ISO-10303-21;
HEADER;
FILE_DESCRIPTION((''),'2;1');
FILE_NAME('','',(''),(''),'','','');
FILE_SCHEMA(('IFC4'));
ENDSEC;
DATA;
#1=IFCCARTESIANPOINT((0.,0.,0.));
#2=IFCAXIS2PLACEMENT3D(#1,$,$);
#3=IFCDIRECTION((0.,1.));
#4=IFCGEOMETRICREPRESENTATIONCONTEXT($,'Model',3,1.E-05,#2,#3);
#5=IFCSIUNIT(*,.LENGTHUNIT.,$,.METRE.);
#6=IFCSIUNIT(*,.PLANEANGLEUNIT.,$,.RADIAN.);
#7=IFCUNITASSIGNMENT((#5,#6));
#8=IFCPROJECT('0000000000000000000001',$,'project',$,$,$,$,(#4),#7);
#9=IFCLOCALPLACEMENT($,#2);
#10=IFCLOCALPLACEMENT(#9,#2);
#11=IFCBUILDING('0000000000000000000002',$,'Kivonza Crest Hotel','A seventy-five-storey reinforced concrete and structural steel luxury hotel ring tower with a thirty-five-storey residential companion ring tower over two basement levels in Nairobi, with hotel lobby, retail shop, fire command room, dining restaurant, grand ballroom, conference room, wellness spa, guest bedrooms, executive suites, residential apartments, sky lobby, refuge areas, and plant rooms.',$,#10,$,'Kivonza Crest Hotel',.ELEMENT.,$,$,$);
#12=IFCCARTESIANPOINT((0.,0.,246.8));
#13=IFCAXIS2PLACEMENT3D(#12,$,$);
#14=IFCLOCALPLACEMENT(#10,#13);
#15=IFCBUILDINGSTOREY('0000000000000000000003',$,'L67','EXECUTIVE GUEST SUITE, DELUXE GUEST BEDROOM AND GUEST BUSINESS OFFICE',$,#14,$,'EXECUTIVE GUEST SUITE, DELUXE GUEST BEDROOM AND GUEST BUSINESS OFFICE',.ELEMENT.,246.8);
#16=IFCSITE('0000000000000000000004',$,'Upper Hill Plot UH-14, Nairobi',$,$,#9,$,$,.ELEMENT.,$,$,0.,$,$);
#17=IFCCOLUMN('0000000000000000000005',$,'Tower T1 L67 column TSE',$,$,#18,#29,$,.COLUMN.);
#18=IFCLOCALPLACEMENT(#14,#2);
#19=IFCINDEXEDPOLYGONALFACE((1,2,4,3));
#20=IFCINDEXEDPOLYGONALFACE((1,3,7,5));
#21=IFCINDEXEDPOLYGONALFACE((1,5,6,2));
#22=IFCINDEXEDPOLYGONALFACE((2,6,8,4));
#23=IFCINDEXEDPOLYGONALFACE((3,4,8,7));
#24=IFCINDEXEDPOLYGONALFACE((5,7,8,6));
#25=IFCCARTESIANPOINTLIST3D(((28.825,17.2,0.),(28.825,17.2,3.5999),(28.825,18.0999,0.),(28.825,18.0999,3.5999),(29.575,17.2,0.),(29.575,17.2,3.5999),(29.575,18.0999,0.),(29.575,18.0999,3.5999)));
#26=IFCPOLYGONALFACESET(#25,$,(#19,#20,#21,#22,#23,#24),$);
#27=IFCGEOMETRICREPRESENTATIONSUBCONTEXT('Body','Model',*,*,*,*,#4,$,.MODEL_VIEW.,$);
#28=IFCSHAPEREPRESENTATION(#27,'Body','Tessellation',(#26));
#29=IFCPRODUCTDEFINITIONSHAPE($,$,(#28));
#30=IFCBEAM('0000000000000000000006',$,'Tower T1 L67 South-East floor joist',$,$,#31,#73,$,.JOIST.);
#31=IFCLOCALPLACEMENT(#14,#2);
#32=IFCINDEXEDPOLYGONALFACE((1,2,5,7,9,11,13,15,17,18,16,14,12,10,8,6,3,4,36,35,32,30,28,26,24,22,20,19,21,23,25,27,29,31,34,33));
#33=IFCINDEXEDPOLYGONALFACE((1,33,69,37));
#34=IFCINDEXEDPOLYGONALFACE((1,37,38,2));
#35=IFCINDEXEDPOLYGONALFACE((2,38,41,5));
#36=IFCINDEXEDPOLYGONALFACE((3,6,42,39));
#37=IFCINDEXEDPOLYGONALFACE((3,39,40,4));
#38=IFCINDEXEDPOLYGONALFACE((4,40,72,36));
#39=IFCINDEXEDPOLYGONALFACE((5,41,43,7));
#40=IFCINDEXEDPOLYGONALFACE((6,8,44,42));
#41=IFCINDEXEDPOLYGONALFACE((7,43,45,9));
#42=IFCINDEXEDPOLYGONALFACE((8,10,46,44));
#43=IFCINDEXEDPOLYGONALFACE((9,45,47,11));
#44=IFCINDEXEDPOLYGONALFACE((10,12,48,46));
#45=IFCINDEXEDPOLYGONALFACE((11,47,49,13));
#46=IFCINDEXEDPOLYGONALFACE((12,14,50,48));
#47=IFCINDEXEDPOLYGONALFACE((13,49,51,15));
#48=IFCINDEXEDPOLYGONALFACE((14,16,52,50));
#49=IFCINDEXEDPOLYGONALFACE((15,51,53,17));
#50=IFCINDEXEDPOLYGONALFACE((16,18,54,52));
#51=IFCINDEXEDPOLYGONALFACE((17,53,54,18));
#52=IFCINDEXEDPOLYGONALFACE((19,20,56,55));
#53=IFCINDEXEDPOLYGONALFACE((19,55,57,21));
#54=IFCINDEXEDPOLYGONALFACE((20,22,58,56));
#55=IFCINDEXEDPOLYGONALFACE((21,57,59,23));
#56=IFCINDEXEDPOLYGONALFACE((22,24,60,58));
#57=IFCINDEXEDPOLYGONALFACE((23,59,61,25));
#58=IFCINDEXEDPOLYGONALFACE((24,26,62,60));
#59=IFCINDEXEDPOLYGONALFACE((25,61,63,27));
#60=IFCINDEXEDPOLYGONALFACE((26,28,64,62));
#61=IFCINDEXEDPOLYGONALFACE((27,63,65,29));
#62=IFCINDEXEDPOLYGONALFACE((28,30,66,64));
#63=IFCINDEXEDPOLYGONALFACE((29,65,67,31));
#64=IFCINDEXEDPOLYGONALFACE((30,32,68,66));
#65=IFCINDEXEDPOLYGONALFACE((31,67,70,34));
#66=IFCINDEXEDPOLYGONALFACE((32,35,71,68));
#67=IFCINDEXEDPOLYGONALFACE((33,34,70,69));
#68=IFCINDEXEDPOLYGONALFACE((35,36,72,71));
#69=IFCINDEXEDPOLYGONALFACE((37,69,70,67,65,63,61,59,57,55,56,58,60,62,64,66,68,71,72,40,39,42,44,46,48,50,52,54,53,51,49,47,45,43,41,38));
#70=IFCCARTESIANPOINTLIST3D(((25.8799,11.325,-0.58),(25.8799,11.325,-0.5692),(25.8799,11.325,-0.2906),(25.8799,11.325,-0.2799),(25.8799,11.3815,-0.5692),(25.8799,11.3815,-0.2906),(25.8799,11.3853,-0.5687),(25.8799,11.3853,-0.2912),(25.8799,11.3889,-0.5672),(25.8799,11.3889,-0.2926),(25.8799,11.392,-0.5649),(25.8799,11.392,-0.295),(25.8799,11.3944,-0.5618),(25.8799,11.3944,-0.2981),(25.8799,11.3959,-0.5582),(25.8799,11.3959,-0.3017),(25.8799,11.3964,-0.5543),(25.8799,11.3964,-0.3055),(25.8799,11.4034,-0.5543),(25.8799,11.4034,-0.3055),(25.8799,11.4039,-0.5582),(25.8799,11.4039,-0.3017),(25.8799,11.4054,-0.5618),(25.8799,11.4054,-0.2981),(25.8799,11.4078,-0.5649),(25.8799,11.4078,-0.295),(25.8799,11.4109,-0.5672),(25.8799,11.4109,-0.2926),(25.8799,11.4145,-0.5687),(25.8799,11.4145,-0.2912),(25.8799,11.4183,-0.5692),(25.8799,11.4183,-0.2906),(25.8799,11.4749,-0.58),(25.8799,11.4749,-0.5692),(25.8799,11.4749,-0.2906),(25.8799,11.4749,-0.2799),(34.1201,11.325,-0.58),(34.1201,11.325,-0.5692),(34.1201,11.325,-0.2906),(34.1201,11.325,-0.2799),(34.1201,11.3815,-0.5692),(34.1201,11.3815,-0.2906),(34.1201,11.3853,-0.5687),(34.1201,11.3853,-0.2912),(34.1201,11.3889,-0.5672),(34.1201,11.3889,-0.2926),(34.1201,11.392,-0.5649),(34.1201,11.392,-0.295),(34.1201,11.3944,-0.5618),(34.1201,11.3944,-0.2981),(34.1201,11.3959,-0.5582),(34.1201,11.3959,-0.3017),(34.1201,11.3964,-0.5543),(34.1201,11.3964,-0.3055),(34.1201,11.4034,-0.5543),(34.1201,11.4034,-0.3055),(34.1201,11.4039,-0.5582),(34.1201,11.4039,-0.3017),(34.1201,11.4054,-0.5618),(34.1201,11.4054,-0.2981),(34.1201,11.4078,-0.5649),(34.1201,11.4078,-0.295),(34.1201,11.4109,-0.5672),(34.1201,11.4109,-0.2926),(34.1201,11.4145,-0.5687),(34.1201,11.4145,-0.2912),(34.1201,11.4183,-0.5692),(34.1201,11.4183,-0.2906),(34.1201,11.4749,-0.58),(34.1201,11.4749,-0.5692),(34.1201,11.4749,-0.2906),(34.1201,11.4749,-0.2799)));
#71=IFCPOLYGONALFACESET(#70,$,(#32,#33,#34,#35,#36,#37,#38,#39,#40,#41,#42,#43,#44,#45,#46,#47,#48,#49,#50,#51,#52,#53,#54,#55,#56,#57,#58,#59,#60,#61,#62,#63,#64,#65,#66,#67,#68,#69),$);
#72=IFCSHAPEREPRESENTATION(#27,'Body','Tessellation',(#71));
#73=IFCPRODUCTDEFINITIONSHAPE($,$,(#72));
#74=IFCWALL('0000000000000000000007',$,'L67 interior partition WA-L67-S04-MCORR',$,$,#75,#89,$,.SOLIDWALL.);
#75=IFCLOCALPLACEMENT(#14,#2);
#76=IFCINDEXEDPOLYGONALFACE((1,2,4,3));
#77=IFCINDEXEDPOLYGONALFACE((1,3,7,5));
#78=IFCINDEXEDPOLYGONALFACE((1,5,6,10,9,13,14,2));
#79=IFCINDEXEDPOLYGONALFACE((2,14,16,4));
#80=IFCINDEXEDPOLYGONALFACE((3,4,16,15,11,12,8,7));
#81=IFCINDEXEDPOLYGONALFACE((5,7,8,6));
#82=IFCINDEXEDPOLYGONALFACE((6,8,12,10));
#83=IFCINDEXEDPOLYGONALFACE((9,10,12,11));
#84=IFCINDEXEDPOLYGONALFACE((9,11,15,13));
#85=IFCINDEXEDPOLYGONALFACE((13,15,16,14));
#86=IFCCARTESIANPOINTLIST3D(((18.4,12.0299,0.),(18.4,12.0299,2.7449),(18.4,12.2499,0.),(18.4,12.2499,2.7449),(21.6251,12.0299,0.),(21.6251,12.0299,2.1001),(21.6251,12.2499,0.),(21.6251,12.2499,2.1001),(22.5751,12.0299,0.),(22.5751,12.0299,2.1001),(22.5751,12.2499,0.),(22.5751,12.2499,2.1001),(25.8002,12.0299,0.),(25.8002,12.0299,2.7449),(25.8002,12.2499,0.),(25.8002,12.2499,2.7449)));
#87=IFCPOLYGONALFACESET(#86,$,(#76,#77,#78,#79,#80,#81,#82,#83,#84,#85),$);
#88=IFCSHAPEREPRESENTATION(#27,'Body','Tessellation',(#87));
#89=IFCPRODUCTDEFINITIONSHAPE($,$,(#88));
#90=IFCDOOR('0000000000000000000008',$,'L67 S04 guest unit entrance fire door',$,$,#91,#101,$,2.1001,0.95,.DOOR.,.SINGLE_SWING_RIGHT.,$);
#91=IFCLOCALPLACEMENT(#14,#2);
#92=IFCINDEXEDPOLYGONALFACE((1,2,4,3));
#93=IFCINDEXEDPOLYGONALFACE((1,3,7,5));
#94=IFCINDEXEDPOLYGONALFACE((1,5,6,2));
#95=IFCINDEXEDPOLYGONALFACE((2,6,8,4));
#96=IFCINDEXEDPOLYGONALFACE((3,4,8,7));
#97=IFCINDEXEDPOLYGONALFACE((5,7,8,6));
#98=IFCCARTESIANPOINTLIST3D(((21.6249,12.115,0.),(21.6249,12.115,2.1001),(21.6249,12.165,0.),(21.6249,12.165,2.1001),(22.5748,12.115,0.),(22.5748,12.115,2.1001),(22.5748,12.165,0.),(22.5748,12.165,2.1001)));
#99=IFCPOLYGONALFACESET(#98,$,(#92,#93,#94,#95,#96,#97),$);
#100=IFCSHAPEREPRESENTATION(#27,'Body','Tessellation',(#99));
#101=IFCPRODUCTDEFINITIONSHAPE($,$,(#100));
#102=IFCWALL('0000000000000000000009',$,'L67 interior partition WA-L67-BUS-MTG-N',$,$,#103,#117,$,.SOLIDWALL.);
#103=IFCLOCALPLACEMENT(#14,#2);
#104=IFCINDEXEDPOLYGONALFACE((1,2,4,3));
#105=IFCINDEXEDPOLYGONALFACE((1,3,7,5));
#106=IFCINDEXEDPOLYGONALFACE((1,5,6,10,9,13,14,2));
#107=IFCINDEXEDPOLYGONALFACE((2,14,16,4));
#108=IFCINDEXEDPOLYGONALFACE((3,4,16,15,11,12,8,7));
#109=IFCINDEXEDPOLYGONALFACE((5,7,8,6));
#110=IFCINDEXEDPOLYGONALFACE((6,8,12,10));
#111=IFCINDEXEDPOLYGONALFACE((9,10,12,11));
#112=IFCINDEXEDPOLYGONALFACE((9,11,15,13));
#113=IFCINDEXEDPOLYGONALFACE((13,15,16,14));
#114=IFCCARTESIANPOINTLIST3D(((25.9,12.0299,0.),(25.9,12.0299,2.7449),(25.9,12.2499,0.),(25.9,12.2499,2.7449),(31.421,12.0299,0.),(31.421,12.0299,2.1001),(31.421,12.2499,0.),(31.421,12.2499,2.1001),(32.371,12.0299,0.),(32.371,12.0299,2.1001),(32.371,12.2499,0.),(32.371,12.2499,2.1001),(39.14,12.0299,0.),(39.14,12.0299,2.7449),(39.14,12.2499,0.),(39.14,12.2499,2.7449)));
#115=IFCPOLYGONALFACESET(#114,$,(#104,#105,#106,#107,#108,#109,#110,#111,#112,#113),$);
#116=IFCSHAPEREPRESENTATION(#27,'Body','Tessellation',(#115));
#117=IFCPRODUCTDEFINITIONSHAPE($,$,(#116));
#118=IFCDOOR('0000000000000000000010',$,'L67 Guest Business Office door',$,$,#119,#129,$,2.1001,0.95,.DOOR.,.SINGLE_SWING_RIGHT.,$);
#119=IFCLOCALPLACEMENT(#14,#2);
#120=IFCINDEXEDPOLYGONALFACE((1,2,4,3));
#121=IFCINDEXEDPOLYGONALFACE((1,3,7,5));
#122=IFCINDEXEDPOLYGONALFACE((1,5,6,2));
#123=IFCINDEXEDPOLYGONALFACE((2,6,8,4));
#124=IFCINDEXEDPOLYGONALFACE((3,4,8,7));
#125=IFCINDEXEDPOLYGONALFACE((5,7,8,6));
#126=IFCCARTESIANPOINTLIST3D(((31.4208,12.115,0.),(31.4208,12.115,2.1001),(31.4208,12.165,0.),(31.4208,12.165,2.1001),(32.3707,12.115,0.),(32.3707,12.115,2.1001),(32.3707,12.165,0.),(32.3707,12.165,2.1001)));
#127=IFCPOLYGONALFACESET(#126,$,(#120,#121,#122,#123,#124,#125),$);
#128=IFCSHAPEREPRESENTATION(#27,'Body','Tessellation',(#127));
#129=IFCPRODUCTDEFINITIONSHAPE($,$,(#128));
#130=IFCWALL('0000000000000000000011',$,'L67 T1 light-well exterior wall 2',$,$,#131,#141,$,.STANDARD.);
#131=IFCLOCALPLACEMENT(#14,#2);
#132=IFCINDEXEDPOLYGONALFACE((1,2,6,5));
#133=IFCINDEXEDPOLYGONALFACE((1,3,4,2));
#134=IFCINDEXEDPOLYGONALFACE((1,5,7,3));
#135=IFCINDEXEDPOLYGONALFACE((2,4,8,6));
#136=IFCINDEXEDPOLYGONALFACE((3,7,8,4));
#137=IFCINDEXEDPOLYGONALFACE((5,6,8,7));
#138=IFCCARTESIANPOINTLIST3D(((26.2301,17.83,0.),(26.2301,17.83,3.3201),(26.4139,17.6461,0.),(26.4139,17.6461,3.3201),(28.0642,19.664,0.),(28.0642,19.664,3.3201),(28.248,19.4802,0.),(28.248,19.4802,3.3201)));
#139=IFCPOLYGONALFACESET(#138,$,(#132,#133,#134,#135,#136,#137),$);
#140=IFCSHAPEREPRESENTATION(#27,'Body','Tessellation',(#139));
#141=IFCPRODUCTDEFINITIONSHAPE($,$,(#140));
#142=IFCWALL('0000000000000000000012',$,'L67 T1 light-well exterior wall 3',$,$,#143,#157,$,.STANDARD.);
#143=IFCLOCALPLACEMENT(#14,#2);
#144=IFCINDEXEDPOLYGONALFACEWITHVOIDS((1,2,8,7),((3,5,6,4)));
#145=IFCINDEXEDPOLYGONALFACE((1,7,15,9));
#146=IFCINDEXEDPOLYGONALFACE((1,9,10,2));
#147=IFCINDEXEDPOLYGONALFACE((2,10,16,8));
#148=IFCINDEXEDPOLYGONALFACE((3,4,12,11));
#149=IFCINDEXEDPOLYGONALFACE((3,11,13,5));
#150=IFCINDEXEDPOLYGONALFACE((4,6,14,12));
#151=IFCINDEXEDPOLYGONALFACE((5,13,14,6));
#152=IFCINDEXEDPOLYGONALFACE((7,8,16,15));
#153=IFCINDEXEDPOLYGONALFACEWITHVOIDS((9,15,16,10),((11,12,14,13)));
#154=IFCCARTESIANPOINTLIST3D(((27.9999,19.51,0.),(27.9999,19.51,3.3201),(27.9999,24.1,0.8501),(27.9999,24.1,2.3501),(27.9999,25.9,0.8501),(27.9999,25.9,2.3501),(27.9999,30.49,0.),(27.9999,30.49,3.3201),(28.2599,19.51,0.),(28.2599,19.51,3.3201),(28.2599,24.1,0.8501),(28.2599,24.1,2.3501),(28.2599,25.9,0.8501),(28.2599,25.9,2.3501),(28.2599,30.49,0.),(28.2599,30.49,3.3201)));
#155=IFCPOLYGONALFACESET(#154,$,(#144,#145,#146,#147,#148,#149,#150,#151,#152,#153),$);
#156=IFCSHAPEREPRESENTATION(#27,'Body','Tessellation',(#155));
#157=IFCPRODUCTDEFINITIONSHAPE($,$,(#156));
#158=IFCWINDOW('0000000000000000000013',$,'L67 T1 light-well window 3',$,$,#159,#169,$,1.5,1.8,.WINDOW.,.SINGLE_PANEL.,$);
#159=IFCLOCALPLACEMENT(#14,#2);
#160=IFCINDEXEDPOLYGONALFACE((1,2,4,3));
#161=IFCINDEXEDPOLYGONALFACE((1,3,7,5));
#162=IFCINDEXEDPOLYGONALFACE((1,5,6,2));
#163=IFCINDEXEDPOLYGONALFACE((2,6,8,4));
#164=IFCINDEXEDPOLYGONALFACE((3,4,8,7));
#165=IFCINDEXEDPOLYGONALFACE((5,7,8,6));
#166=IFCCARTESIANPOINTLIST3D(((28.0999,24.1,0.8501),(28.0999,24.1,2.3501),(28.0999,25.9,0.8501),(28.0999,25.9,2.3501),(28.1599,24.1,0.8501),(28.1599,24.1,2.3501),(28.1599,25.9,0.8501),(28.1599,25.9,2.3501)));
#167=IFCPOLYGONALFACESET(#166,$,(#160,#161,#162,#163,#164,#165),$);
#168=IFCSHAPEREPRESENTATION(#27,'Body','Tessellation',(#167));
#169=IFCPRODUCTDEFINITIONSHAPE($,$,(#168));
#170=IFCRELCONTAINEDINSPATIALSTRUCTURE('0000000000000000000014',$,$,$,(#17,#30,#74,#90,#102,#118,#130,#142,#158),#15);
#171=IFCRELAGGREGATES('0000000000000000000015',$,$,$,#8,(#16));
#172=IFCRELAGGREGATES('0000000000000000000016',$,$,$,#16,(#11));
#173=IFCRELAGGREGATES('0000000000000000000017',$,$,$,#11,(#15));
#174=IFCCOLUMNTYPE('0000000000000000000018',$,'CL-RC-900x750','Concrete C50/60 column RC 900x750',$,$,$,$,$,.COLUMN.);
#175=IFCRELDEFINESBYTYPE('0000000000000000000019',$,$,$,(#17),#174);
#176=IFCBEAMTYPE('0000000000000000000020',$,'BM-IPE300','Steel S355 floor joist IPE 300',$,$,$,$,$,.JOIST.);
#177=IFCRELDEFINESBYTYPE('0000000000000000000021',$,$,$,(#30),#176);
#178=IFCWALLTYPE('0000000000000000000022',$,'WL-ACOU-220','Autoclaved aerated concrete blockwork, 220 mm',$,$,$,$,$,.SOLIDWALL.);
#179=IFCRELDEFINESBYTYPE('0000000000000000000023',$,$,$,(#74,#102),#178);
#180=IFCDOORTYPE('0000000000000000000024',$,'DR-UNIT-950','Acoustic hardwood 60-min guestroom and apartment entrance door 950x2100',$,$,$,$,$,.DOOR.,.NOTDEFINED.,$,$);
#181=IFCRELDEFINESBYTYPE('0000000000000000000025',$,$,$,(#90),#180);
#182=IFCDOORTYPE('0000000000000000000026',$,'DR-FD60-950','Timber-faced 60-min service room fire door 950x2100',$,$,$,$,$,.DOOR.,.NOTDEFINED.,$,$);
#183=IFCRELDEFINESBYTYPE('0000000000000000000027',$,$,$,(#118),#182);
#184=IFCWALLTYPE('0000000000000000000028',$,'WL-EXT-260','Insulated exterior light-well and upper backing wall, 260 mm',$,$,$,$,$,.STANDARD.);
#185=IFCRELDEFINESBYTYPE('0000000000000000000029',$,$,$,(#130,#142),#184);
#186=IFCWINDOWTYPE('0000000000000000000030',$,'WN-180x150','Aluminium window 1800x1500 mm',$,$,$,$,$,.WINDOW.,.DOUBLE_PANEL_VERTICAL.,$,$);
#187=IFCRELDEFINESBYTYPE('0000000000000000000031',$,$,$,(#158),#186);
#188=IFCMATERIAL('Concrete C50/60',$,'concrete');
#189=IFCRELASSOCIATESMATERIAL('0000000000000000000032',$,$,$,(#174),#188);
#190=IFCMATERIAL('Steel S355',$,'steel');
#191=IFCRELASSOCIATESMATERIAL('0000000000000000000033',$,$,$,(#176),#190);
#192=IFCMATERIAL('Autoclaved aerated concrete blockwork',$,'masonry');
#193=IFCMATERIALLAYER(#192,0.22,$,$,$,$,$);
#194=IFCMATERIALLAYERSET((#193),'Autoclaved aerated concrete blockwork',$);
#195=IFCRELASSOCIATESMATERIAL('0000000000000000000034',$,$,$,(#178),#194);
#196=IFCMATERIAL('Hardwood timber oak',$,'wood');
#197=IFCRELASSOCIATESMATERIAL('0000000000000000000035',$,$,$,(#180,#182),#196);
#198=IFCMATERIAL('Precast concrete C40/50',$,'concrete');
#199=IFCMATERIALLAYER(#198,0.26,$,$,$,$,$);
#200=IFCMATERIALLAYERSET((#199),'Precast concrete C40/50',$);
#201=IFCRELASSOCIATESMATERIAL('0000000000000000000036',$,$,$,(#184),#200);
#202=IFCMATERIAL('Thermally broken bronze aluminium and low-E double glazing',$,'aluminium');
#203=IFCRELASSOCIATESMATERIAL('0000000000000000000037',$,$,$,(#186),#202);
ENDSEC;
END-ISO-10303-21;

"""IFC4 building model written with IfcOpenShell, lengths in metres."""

from ifc_helpers import new_model, si_unit, direction, frame, frame_2d, origin, origin_2d, place, context, subcontext, project, spatial, rectangle, i_section, extrude, material, layer, layer_set, material_profile, profile_set, type_object, element, fill, save


model = new_model("IFC4")

# Units and contexts
model_context = context("Model", 3, precision=1e-05, world=origin(), true_north=direction((0.0, 1.0)))
body_context = subcontext(model_context, "Body", "Model", "MODEL_VIEW")
ifc_project = project(units=[si_unit("LENGTHUNIT", "METRE"), si_unit("PLANEANGLEUNIT", "RADIAN")], contexts=[model_context])

# Site, building, storey
site_placement = place(None, origin())
site = spatial("IfcSite", under=ifc_project, at=site_placement, Name="Upper Hill Plot UH-14, Nairobi", CompositionType="ELEMENT", RefElevation=0.0)
building_placement = place(site_placement, origin())
building = spatial("IfcBuilding", under=site, at=building_placement, Name="Kivonza Crest Hotel", Description="A seventy-five-storey reinforced concrete and structural steel luxury hotel ring tower with a thirty-five-storey residential companion ring tower over two basement levels in Nairobi, with hotel lobby, retail shop, fire command room, dining restaurant, grand ballroom, conference room, wellness spa, guest bedrooms, executive suites, residential apartments, sky lobby, refuge areas, and plant rooms.", LongName="Kivonza Crest Hotel", CompositionType="ELEMENT")
storey_placement = place(building_placement, frame((0.0, 0.0, 246.8)))
storey = spatial("IfcBuildingStorey", under=building, at=storey_placement, Name="L67", Description="EXECUTIVE GUEST SUITE, DELUXE GUEST BEDROOM AND GUEST BUSINESS OFFICE", LongName="EXECUTIVE GUEST SUITE, DELUXE GUEST BEDROOM AND GUEST BUSINESS OFFICE", CompositionType="ELEMENT", Elevation=246.8)

# Column
ifc_material_1 = material(Name="Concrete C50/60", Category="concrete")
ifc_material_profile_1 = material_profile(ifc_material_1, rectangle(XDim=0.75, YDim=0.8999, at=origin_2d()), Name="RC 900x750")
ifc_profile_set_1 = profile_set([ifc_material_profile_1], Name="Concrete C50/60")
column_type = type_object("IfcColumnType", Name="CL-RC-900x750", Description="Concrete C50/60 column RC 900x750", PredefinedType="COLUMN", material=ifc_profile_set_1)
column_placement = place(storey_placement, frame((29.2, 17.6499, 0.0), z_axis=(0.0, 0.0, 1.0), x_axis=(1.0, 0.0, 0.0)))
element("IfcColumn", 1, at=column_placement, inside=storey, type_object=column_type, Name="Tower T1 L67 column TSE", PredefinedType="COLUMN", context=body_context, shape_type="SweptSolid", body=[
    extrude(rectangle(XDim=0.75, YDim=0.8999, at=origin_2d()), origin(), (0.0, 0.0, 1.0), 3.5999),
])

# Beam
ifc_material_2 = material(Name="Steel S355", Category="steel")
ifc_material_profile_2 = material_profile(ifc_material_2, i_section(OverallWidth=0.1499, OverallDepth=0.3, WebThickness=0.0071, FlangeThickness=0.0107, FilletRadius=0.0149, at=origin_2d()), Name="IPE 300")
ifc_profile_set_2 = profile_set([ifc_material_profile_2], Name="Steel S355")
beam_type = type_object("IfcBeamType", Name="BM-IPE300", Description="Steel S355 floor joist IPE 300", PredefinedType="JOIST", material=ifc_profile_set_2)
beam_placement = place(storey_placement, frame((25.8799, 11.3999, -0.4299), z_axis=(1.0, 0.0, 0.0), x_axis=(0.0, 1.0, 0.0)))
element("IfcBeam", 2, at=beam_placement, inside=storey, type_object=beam_type, Name="Tower T1 L67 South-East floor joist", PredefinedType="JOIST", context=body_context, shape_type="SweptSolid", body=[
    extrude(i_section(OverallWidth=0.1499, OverallDepth=0.3, WebThickness=0.0071, FlangeThickness=0.0107, FilletRadius=0.0149, at=origin_2d()), origin(), (0.0, 0.0, 1.0), 8.2402),
])

# Walls, openings, doors
ifc_material_3 = material(Name="Autoclaved aerated concrete blockwork", Category="masonry")
ifc_layer_1 = layer(ifc_material_3, 0.22)
ifc_layer_set_1 = layer_set([ifc_layer_1], Name="Autoclaved aerated concrete blockwork")
wall_type_1 = type_object("IfcWallType", Name="WL-ACOU-220", Description="Autoclaved aerated concrete blockwork, 220 mm", PredefinedType="SOLIDWALL", material=ifc_layer_set_1)
wall_1_placement = place(storey_placement, frame((18.3999, 12.1399, 0.0), z_axis=(0.0, 0.0, 1.0), x_axis=(1.0, 0.0, 0.0)))
wall_1 = element("IfcWall", 3, at=wall_1_placement, inside=storey, type_object=wall_type_1, Name="L67 interior partition WA-L67-S04-MCORR", PredefinedType="SOLIDWALL", context=body_context, shape_type="SweptSolid", body=[
    extrude(rectangle(XDim=7.4001, YDim=0.22, at=frame_2d((3.7002, 0.0))), origin(), (0.0, 0.0, 1.0), 2.7449),
])
opening_1_placement = place(wall_1_placement, frame((3.2251, 0.0, 0.0)))
opening_1 = element("IfcOpeningElement", 4, at=opening_1_placement, cuts=wall_1, PredefinedType="OPENING", context=body_context, shape_type="SweptSolid", body=[
    extrude(rectangle(XDim=0.95, YDim=2.1001, at=frame_2d((0.4751, 1.05))), frame((0.0, 0.1201, 0.0), z_axis=(0.0, -1.0, 0.0), x_axis=(1.0, 0.0, 0.0)), (0.0, 0.0, 1.0), 0.24),
])
ifc_material_4 = material(Name="Hardwood timber oak", Category="wood")
door_type_1 = type_object("IfcDoorType", Name="DR-UNIT-950", Description="Acoustic hardwood 60-min guestroom and apartment entrance door 950x2100", OperationType="NOTDEFINED", PredefinedType="DOOR", material=ifc_material_4)
door_1_placement = place(opening_1_placement, frame((0.95, 0.0, 0.0), z_axis=(0.0, 0.0, 1.0), x_axis=(-1.0, 0.0, 0.0)))
door_1 = element("IfcDoor", 5, at=door_1_placement, inside=storey, type_object=door_type_1, Name="L67 S04 guest unit entrance fire door", OperationType="SINGLE_SWING_RIGHT", OverallHeight=2.1001, OverallWidth=0.95, PredefinedType="DOOR", context=body_context, shape_type="SweptSolid", body=[
    extrude(rectangle(XDim=0.95, YDim=2.1001, at=frame_2d((0.4751, 1.05))), frame((0.0, 0.0249, 0.0), z_axis=(0.0, -1.0, 0.0), x_axis=(1.0, 0.0, 0.0)), (0.0, 0.0, 1.0), 0.05),
])
fill(opening_1, door_1)
wall_2_placement = place(storey_placement, frame((25.8999, 12.1399, 0.0), z_axis=(0.0, 0.0, 1.0), x_axis=(1.0, 0.0, 0.0)))
wall_2 = element("IfcWall", 6, at=wall_2_placement, inside=storey, type_object=wall_type_1, Name="L67 interior partition WA-L67-BUS-MTG-N", PredefinedType="SOLIDWALL", context=body_context, shape_type="SweptSolid", body=[
    extrude(rectangle(XDim=13.24, YDim=0.22, at=frame_2d((6.6201, 0.0))), origin(), (0.0, 0.0, 1.0), 2.7449),
])
opening_2_placement = place(wall_2_placement, frame((5.521, 0.0, 0.0)))
opening_2 = element("IfcOpeningElement", 7, at=opening_2_placement, cuts=wall_2, PredefinedType="OPENING", context=body_context, shape_type="SweptSolid", body=[
    extrude(rectangle(XDim=0.95, YDim=2.1001, at=frame_2d((0.4751, 1.05))), frame((0.0, 0.1201, 0.0), z_axis=(0.0, -1.0, 0.0), x_axis=(1.0, 0.0, 0.0)), (0.0, 0.0, 1.0), 0.24),
])
door_type_2 = type_object("IfcDoorType", Name="DR-FD60-950", Description="Timber-faced 60-min service room fire door 950x2100", OperationType="NOTDEFINED", PredefinedType="DOOR", material=ifc_material_4)
door_2_placement = place(opening_2_placement, frame((0.95, 0.0, 0.0), z_axis=(0.0, 0.0, 1.0), x_axis=(-1.0, 0.0, 0.0)))
door_2 = element("IfcDoor", 8, at=door_2_placement, inside=storey, type_object=door_type_2, Name="L67 Guest Business Office door", OperationType="SINGLE_SWING_RIGHT", OverallHeight=2.1001, OverallWidth=0.95, PredefinedType="DOOR", context=body_context, shape_type="SweptSolid", body=[
    extrude(rectangle(XDim=0.95, YDim=2.1001, at=frame_2d((0.4751, 1.05))), frame((0.0, 0.0249, 0.0), z_axis=(0.0, -1.0, 0.0), x_axis=(1.0, 0.0, 0.0)), (0.0, 0.0, 1.0), 0.05),
])
fill(opening_2, door_2)

# Wall
ifc_material_5 = material(Name="Precast concrete C40/50", Category="concrete")
ifc_layer_2 = layer(ifc_material_5, 0.26)
ifc_layer_set_2 = layer_set([ifc_layer_2], Name="Precast concrete C40/50")
wall_type_2 = type_object("IfcWallType", Name="WL-EXT-260", Description="Insulated exterior light-well and upper backing wall, 260 mm", PredefinedType="STANDARD", material=ifc_layer_set_2)
wall_3_placement = place(storey_placement, frame((26.322, 17.738, 0.0), z_axis=(0.0, 0.0, 1.0), x_axis=(0.707107, 0.707107, 0.0)))
element("IfcWall", 9, at=wall_3_placement, inside=storey, type_object=wall_type_2, Name="L67 T1 light-well exterior wall 2", PredefinedType="STANDARD", context=body_context, shape_type="SweptSolid", body=[
    extrude(rectangle(XDim=2.5938, YDim=0.26, at=frame_2d((1.2969, 0.0))), origin(), (0.0, 0.0, 1.0), 3.3201),
])

# Wall, opening, window
wall_4_placement = place(storey_placement, frame((28.1299, 19.51, 0.0), z_axis=(0.0, 0.0, 1.0), x_axis=(0.0, 1.0, 0.0)))
wall_4 = element("IfcWall", 10, at=wall_4_placement, inside=storey, type_object=wall_type_2, Name="L67 T1 light-well exterior wall 3", PredefinedType="STANDARD", context=body_context, shape_type="SweptSolid", body=[
    extrude(rectangle(XDim=10.98, YDim=0.26, at=frame_2d((5.49, 0.0))), origin(), (0.0, 0.0, 1.0), 3.3201),
])
opening_3_placement = place(wall_4_placement, frame((4.5901, 0.0, 0.8501)))
opening_3 = element("IfcOpeningElement", 11, at=opening_3_placement, cuts=wall_4, PredefinedType="OPENING", context=body_context, shape_type="SweptSolid", body=[
    extrude(rectangle(XDim=1.8, YDim=1.5, at=frame_2d((0.8999, 0.75))), frame((0.0, 0.1401, 0.0), z_axis=(0.0, -1.0, 0.0), x_axis=(1.0, 0.0, 0.0)), (0.0, 0.0, 1.0), 0.28),
])
ifc_material_6 = material(Name="Thermally broken bronze aluminium and low-E double glazing", Category="aluminium")
window_type = type_object("IfcWindowType", Name="WN-180x150", Description="Aluminium window 1800x1500 mm", PartitioningType="DOUBLE_PANEL_VERTICAL", PredefinedType="WINDOW", material=ifc_material_6)
window_placement = place(opening_3_placement, origin())
window = element("IfcWindow", 12, at=window_placement, inside=storey, type_object=window_type, Name="L67 T1 light-well window 3", OverallHeight=1.5, OverallWidth=1.8, PartitioningType="SINGLE_PANEL", PredefinedType="WINDOW", context=body_context, shape_type="SweptSolid", body=[
    extrude(rectangle(XDim=1.8, YDim=1.5, at=frame_2d((0.8999, 0.75))), frame((0.0, 0.03, 0.0), z_axis=(0.0, -1.0, 0.0), x_axis=(1.0, 0.0, 0.0)), (0.0, 0.0, 1.0), 0.0601),
])
fill(opening_3, window)

save(model, "model.ifc")
